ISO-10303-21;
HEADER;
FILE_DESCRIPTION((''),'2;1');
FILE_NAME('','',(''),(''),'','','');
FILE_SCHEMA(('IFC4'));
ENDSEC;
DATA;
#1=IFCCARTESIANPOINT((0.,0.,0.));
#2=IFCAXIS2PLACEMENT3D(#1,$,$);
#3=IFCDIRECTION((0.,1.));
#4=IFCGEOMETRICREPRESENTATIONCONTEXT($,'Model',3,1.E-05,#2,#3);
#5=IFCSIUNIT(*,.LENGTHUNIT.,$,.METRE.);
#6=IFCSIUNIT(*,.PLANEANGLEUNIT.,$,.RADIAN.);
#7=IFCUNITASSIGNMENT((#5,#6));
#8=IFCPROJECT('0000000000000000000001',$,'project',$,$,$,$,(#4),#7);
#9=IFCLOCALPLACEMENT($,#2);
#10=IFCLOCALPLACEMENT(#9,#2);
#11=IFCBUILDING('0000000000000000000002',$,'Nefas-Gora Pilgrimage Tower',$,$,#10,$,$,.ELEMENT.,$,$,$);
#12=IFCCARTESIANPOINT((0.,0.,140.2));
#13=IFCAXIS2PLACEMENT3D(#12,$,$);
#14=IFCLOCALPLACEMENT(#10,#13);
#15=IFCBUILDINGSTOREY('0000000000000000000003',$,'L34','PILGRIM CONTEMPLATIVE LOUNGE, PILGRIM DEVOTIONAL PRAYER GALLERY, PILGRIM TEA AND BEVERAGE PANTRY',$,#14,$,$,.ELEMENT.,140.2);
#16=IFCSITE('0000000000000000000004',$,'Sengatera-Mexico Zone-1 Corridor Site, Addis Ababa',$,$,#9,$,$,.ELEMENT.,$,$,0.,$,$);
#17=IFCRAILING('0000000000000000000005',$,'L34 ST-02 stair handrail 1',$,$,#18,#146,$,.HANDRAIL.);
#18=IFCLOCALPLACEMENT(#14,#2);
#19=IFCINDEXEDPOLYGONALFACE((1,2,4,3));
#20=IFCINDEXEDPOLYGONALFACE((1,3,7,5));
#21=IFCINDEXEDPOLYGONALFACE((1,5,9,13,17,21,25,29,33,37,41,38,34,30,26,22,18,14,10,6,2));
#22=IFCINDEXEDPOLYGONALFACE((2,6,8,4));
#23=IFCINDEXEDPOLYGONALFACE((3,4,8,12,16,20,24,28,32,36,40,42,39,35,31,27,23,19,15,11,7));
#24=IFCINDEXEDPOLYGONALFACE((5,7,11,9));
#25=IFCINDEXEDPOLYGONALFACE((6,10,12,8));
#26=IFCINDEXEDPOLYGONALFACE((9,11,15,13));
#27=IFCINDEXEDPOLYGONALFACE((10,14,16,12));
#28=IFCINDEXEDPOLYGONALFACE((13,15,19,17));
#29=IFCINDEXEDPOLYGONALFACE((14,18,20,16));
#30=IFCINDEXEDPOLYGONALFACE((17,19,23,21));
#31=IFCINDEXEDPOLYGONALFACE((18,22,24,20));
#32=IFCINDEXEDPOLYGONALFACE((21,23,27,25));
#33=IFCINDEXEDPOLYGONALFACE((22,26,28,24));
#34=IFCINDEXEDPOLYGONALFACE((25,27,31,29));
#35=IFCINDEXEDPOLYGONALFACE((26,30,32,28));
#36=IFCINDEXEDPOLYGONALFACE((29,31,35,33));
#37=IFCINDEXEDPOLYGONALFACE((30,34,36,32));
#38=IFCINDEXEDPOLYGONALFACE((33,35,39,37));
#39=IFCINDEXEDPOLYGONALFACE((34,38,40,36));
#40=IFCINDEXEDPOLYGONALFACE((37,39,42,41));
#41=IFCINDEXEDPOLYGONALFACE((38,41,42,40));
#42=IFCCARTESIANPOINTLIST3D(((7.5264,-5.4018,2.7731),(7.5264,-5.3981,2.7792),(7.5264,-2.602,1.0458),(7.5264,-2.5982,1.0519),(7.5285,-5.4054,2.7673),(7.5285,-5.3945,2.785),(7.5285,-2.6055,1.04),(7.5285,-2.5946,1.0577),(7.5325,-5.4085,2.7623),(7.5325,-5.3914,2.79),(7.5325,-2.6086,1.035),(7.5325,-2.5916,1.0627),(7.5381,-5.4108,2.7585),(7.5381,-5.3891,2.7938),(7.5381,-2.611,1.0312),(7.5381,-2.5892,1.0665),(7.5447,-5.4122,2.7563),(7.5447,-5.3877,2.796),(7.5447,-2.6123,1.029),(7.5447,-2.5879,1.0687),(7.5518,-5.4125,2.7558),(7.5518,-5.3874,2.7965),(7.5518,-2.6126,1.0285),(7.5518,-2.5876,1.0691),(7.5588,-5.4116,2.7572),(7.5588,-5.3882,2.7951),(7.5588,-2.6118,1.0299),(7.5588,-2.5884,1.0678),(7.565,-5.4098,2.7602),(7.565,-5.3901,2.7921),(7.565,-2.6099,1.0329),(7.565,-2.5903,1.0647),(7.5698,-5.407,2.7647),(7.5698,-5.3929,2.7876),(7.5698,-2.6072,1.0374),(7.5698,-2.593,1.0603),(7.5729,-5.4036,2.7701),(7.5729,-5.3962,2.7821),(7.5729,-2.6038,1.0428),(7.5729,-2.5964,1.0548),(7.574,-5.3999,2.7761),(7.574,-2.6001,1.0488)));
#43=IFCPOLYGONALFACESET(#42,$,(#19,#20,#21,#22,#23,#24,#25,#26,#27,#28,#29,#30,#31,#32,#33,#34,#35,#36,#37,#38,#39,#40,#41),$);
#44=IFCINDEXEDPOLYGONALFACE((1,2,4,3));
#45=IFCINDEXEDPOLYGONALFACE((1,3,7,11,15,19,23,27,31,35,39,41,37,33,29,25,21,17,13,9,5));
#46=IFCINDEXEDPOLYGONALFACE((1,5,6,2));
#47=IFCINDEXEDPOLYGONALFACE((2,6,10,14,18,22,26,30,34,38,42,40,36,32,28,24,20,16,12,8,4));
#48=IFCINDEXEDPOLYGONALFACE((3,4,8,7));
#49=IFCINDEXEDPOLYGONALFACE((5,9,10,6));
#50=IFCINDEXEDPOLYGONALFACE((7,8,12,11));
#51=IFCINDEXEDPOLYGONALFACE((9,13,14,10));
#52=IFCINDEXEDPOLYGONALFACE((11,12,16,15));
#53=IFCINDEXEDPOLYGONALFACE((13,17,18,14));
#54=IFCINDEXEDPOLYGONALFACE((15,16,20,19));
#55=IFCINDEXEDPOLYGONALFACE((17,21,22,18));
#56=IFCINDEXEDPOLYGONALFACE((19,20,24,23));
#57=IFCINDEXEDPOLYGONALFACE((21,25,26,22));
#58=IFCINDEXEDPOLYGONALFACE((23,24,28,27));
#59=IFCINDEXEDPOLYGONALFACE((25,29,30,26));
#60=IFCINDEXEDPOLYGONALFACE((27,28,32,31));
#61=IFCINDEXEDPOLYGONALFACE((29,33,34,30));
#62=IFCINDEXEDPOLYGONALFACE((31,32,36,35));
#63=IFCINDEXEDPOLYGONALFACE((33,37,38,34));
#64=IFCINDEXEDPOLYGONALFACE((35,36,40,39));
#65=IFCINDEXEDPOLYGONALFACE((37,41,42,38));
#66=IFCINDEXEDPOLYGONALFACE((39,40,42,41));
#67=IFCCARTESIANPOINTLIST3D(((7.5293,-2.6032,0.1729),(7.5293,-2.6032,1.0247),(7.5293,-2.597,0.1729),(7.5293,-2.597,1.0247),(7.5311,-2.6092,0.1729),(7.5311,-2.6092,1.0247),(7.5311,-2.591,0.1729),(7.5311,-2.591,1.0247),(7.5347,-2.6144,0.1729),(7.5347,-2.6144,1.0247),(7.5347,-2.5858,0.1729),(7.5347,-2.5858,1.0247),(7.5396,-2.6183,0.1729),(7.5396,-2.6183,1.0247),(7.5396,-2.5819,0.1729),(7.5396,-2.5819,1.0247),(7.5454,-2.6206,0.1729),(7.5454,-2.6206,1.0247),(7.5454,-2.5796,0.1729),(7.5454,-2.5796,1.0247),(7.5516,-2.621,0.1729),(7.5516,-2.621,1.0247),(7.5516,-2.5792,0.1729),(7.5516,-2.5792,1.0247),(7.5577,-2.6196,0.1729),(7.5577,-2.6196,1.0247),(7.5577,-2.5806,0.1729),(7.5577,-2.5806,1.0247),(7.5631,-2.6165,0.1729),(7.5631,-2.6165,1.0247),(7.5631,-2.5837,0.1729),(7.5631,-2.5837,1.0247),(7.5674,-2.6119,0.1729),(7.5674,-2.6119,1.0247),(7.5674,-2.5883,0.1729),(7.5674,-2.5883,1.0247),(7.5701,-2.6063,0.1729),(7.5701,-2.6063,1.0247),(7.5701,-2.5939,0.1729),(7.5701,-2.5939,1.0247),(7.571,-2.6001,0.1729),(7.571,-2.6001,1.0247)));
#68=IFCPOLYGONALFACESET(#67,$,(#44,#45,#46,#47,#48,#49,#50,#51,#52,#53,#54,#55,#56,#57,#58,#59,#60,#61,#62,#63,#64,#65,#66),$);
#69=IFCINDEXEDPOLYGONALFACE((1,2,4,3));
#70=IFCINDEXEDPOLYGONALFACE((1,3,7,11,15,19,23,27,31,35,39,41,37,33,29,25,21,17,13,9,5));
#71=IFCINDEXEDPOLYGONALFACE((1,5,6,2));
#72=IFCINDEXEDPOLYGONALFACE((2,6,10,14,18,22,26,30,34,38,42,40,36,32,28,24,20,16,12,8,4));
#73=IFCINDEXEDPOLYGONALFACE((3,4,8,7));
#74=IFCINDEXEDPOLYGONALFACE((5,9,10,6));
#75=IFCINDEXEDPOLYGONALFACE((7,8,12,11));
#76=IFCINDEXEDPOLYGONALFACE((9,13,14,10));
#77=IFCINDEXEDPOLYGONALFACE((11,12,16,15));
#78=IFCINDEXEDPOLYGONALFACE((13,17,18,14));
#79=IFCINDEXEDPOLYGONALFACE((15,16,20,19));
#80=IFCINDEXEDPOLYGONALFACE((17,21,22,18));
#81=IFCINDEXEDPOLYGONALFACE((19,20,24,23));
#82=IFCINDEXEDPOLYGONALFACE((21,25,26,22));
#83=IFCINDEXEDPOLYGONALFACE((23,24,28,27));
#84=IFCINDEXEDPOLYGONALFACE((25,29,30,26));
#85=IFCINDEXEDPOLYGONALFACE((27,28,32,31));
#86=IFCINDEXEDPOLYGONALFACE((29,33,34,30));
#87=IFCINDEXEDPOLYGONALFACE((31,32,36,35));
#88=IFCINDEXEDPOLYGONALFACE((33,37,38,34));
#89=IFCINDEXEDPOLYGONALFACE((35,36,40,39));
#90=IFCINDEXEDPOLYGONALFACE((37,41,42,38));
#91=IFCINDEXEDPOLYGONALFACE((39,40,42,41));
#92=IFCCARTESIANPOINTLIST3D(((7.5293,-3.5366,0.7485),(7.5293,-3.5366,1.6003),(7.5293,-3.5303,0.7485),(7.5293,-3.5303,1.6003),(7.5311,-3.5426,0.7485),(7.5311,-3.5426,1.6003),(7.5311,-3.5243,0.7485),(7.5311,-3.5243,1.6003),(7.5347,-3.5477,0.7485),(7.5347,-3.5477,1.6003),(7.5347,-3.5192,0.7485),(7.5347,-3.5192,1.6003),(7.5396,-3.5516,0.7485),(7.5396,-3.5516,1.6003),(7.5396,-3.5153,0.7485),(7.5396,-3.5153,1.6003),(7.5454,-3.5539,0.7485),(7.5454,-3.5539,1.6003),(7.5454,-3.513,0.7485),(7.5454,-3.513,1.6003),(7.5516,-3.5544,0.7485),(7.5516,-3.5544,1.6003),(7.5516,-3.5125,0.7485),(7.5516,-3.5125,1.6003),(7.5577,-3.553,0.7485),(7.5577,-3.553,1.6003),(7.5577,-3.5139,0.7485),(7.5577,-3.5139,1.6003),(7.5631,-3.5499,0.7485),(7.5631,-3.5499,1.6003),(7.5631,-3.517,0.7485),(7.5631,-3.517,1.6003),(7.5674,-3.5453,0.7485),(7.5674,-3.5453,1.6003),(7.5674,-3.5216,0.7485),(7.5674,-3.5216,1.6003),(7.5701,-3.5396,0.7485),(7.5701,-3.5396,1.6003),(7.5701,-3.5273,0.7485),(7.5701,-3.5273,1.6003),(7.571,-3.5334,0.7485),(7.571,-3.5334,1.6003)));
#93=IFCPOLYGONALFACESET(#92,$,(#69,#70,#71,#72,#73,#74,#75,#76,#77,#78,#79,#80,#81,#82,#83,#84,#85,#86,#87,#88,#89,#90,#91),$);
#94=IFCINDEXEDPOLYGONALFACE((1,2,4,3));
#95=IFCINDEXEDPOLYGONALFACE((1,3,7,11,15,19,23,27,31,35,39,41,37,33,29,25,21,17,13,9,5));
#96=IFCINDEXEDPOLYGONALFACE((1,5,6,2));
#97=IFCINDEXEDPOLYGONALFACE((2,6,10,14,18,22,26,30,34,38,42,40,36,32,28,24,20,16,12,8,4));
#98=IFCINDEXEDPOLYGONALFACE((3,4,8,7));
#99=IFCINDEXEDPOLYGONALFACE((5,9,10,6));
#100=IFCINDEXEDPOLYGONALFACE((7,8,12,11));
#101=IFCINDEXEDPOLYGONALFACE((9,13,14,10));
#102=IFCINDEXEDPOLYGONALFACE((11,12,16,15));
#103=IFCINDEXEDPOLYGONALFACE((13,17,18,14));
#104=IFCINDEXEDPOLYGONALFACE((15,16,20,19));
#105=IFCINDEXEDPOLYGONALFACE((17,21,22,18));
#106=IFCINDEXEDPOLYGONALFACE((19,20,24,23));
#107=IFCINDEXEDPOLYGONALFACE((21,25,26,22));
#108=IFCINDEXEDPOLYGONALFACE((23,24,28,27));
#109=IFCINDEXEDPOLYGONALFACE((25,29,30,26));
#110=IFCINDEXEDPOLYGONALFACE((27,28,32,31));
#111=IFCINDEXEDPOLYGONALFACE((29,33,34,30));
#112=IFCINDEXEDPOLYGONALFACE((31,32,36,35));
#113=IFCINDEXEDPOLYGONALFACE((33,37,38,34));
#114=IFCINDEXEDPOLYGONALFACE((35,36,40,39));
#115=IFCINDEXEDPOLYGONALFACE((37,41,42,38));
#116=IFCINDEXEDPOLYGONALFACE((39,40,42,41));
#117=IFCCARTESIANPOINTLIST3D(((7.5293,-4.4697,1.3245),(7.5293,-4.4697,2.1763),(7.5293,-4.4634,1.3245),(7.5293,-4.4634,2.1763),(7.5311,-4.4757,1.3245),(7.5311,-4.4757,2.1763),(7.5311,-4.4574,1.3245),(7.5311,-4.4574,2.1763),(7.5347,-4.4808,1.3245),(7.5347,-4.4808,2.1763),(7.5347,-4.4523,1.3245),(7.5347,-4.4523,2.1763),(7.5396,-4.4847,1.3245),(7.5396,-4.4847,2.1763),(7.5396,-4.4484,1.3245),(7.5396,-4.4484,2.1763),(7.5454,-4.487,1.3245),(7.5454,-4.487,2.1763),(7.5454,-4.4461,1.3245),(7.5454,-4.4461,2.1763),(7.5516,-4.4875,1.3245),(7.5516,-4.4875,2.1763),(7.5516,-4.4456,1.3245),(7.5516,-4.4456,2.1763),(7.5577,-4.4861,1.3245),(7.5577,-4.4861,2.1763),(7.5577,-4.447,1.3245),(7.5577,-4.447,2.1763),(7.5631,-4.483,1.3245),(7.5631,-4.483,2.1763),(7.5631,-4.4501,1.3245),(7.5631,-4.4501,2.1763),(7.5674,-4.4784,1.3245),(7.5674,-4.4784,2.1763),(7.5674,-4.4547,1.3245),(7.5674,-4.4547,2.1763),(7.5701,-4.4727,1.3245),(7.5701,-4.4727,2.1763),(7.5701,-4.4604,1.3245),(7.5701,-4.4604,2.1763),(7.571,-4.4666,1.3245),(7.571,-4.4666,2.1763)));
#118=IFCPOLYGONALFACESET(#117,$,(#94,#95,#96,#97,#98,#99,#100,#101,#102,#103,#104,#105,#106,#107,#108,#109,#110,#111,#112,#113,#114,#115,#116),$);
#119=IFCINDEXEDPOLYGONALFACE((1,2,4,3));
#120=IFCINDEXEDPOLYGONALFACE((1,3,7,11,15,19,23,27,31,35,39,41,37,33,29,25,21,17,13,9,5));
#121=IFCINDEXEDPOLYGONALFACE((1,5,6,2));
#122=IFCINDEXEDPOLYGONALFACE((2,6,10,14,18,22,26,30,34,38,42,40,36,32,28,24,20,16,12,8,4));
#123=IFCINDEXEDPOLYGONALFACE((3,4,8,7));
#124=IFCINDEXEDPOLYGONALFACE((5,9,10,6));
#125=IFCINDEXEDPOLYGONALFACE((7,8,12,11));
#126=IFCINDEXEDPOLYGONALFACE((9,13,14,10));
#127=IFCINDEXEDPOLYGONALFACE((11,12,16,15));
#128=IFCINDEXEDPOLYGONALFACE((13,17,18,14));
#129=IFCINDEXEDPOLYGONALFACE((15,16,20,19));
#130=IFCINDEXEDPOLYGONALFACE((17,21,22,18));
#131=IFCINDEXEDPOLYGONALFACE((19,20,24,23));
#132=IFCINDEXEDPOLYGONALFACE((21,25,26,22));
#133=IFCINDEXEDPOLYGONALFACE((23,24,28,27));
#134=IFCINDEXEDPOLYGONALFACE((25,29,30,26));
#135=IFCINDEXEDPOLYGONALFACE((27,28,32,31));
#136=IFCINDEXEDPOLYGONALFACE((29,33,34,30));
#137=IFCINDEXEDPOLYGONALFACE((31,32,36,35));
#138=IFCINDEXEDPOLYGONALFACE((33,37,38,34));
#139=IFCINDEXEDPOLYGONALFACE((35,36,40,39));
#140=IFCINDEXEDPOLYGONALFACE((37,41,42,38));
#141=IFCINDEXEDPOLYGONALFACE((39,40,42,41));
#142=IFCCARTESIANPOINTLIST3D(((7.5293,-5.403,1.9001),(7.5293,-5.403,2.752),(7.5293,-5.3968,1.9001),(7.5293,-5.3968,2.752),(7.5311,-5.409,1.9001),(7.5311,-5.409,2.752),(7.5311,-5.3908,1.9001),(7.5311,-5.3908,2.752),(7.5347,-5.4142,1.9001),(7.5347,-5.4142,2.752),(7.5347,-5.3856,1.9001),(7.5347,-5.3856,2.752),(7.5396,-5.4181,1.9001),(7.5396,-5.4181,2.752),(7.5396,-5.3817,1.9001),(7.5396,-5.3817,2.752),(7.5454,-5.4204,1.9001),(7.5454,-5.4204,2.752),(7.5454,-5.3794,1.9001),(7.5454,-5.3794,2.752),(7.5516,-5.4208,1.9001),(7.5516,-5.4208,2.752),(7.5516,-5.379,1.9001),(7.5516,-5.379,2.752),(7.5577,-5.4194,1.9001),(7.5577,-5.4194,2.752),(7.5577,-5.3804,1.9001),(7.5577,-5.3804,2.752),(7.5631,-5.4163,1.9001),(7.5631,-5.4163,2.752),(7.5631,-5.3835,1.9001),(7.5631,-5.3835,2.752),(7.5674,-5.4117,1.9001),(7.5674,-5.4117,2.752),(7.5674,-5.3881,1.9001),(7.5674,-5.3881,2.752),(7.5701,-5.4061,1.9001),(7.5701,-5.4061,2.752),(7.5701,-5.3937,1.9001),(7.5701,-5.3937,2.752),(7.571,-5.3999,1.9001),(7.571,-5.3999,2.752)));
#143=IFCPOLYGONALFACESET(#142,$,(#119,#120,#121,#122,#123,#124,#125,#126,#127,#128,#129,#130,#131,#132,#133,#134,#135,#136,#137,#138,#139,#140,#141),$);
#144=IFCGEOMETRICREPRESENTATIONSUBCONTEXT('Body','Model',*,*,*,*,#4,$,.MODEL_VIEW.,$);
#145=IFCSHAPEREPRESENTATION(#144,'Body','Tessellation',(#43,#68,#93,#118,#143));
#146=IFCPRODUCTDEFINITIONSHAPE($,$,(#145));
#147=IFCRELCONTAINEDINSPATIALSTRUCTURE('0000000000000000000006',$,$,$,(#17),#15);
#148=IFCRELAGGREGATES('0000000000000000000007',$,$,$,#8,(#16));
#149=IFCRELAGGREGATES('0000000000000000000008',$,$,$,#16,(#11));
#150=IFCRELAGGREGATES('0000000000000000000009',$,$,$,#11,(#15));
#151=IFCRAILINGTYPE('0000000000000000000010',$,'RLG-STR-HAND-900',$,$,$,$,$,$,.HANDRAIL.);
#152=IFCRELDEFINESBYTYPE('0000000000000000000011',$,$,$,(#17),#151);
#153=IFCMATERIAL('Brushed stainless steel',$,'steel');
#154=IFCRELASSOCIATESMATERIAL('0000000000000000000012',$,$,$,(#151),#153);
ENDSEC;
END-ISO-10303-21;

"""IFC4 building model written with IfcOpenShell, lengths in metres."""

from ifc_helpers import new_model, si_unit, direction, frame, origin, origin_2d, place, context, subcontext, project, spatial, circle, extrude, material, type_object, element, save


model = new_model("IFC4")

# Units and contexts
model_context = context("Model", 3, precision=1e-05, world=origin(), true_north=direction((0.0, 1.0)))
body_context = subcontext(model_context, "Body", "Model", "MODEL_VIEW")
ifc_project = project(units=[si_unit("LENGTHUNIT", "METRE"), si_unit("PLANEANGLEUNIT", "RADIAN")], contexts=[model_context])

# Site, building, storey
site_placement = place(None, origin())
site = spatial("IfcSite", under=ifc_project, at=site_placement, Name="Sengatera-Mexico Zone-1 Corridor Site, Addis Ababa", CompositionType="ELEMENT", RefElevation=0.0)
building_placement = place(site_placement, origin())
building = spatial("IfcBuilding", under=site, at=building_placement, Name="Nefas-Gora Pilgrimage Tower", CompositionType="ELEMENT")
storey_placement = place(building_placement, frame((0.0, 0.0, 140.2)))
storey = spatial("IfcBuildingStorey", under=building, at=storey_placement, Name="L34", Description="PILGRIM CONTEMPLATIVE LOUNGE, PILGRIM DEVOTIONAL PRAYER GALLERY, PILGRIM TEA AND BEVERAGE PANTRY", CompositionType="ELEMENT", Elevation=140.2)

# Railing
ifc_material_1 = material(Name="Brushed stainless steel", Category="steel")
railing_type_1 = type_object("IfcRailingType", Name="RLG-STR-HAND-900", PredefinedType="HANDRAIL", material=ifc_material_1)
railing_1_placement = place(storey_placement, frame((7.55, -2.6001, 0.1729)))
element("IfcRailing", 1, at=railing_1_placement, inside=storey, type_object=railing_type_1, Name="L34 ST-02 stair handrail 1", PredefinedType="HANDRAIL", context=body_context, shape_type="SweptSolid", body=[
    extrude(circle(Radius=0.0239, at=origin_2d()), frame((0.0, 0.0, 0.876), z_axis=(0.0, -0.851069, 0.525054), x_axis=(1.0, 0.0, 0.0)), (0.0, 0.0, 1.0), 3.2898),
    extrude(circle(Radius=0.021, at=origin_2d()), origin(), (0.0, 0.0, 1.0), 0.8518),
    extrude(circle(Radius=0.021, at=origin_2d()), frame((0.0, -0.9333, 0.5757)), (0.0, 0.0, 1.0), 0.8518),
    extrude(circle(Radius=0.021, at=origin_2d()), frame((0.0, -1.8665, 1.1516)), (0.0, 0.0, 1.0), 0.8518),
    extrude(circle(Radius=0.021, at=origin_2d()), frame((0.0, -2.7998, 1.7273)), (0.0, 0.0, 1.0), 0.8518),
])

save(model, "model.ifc")
